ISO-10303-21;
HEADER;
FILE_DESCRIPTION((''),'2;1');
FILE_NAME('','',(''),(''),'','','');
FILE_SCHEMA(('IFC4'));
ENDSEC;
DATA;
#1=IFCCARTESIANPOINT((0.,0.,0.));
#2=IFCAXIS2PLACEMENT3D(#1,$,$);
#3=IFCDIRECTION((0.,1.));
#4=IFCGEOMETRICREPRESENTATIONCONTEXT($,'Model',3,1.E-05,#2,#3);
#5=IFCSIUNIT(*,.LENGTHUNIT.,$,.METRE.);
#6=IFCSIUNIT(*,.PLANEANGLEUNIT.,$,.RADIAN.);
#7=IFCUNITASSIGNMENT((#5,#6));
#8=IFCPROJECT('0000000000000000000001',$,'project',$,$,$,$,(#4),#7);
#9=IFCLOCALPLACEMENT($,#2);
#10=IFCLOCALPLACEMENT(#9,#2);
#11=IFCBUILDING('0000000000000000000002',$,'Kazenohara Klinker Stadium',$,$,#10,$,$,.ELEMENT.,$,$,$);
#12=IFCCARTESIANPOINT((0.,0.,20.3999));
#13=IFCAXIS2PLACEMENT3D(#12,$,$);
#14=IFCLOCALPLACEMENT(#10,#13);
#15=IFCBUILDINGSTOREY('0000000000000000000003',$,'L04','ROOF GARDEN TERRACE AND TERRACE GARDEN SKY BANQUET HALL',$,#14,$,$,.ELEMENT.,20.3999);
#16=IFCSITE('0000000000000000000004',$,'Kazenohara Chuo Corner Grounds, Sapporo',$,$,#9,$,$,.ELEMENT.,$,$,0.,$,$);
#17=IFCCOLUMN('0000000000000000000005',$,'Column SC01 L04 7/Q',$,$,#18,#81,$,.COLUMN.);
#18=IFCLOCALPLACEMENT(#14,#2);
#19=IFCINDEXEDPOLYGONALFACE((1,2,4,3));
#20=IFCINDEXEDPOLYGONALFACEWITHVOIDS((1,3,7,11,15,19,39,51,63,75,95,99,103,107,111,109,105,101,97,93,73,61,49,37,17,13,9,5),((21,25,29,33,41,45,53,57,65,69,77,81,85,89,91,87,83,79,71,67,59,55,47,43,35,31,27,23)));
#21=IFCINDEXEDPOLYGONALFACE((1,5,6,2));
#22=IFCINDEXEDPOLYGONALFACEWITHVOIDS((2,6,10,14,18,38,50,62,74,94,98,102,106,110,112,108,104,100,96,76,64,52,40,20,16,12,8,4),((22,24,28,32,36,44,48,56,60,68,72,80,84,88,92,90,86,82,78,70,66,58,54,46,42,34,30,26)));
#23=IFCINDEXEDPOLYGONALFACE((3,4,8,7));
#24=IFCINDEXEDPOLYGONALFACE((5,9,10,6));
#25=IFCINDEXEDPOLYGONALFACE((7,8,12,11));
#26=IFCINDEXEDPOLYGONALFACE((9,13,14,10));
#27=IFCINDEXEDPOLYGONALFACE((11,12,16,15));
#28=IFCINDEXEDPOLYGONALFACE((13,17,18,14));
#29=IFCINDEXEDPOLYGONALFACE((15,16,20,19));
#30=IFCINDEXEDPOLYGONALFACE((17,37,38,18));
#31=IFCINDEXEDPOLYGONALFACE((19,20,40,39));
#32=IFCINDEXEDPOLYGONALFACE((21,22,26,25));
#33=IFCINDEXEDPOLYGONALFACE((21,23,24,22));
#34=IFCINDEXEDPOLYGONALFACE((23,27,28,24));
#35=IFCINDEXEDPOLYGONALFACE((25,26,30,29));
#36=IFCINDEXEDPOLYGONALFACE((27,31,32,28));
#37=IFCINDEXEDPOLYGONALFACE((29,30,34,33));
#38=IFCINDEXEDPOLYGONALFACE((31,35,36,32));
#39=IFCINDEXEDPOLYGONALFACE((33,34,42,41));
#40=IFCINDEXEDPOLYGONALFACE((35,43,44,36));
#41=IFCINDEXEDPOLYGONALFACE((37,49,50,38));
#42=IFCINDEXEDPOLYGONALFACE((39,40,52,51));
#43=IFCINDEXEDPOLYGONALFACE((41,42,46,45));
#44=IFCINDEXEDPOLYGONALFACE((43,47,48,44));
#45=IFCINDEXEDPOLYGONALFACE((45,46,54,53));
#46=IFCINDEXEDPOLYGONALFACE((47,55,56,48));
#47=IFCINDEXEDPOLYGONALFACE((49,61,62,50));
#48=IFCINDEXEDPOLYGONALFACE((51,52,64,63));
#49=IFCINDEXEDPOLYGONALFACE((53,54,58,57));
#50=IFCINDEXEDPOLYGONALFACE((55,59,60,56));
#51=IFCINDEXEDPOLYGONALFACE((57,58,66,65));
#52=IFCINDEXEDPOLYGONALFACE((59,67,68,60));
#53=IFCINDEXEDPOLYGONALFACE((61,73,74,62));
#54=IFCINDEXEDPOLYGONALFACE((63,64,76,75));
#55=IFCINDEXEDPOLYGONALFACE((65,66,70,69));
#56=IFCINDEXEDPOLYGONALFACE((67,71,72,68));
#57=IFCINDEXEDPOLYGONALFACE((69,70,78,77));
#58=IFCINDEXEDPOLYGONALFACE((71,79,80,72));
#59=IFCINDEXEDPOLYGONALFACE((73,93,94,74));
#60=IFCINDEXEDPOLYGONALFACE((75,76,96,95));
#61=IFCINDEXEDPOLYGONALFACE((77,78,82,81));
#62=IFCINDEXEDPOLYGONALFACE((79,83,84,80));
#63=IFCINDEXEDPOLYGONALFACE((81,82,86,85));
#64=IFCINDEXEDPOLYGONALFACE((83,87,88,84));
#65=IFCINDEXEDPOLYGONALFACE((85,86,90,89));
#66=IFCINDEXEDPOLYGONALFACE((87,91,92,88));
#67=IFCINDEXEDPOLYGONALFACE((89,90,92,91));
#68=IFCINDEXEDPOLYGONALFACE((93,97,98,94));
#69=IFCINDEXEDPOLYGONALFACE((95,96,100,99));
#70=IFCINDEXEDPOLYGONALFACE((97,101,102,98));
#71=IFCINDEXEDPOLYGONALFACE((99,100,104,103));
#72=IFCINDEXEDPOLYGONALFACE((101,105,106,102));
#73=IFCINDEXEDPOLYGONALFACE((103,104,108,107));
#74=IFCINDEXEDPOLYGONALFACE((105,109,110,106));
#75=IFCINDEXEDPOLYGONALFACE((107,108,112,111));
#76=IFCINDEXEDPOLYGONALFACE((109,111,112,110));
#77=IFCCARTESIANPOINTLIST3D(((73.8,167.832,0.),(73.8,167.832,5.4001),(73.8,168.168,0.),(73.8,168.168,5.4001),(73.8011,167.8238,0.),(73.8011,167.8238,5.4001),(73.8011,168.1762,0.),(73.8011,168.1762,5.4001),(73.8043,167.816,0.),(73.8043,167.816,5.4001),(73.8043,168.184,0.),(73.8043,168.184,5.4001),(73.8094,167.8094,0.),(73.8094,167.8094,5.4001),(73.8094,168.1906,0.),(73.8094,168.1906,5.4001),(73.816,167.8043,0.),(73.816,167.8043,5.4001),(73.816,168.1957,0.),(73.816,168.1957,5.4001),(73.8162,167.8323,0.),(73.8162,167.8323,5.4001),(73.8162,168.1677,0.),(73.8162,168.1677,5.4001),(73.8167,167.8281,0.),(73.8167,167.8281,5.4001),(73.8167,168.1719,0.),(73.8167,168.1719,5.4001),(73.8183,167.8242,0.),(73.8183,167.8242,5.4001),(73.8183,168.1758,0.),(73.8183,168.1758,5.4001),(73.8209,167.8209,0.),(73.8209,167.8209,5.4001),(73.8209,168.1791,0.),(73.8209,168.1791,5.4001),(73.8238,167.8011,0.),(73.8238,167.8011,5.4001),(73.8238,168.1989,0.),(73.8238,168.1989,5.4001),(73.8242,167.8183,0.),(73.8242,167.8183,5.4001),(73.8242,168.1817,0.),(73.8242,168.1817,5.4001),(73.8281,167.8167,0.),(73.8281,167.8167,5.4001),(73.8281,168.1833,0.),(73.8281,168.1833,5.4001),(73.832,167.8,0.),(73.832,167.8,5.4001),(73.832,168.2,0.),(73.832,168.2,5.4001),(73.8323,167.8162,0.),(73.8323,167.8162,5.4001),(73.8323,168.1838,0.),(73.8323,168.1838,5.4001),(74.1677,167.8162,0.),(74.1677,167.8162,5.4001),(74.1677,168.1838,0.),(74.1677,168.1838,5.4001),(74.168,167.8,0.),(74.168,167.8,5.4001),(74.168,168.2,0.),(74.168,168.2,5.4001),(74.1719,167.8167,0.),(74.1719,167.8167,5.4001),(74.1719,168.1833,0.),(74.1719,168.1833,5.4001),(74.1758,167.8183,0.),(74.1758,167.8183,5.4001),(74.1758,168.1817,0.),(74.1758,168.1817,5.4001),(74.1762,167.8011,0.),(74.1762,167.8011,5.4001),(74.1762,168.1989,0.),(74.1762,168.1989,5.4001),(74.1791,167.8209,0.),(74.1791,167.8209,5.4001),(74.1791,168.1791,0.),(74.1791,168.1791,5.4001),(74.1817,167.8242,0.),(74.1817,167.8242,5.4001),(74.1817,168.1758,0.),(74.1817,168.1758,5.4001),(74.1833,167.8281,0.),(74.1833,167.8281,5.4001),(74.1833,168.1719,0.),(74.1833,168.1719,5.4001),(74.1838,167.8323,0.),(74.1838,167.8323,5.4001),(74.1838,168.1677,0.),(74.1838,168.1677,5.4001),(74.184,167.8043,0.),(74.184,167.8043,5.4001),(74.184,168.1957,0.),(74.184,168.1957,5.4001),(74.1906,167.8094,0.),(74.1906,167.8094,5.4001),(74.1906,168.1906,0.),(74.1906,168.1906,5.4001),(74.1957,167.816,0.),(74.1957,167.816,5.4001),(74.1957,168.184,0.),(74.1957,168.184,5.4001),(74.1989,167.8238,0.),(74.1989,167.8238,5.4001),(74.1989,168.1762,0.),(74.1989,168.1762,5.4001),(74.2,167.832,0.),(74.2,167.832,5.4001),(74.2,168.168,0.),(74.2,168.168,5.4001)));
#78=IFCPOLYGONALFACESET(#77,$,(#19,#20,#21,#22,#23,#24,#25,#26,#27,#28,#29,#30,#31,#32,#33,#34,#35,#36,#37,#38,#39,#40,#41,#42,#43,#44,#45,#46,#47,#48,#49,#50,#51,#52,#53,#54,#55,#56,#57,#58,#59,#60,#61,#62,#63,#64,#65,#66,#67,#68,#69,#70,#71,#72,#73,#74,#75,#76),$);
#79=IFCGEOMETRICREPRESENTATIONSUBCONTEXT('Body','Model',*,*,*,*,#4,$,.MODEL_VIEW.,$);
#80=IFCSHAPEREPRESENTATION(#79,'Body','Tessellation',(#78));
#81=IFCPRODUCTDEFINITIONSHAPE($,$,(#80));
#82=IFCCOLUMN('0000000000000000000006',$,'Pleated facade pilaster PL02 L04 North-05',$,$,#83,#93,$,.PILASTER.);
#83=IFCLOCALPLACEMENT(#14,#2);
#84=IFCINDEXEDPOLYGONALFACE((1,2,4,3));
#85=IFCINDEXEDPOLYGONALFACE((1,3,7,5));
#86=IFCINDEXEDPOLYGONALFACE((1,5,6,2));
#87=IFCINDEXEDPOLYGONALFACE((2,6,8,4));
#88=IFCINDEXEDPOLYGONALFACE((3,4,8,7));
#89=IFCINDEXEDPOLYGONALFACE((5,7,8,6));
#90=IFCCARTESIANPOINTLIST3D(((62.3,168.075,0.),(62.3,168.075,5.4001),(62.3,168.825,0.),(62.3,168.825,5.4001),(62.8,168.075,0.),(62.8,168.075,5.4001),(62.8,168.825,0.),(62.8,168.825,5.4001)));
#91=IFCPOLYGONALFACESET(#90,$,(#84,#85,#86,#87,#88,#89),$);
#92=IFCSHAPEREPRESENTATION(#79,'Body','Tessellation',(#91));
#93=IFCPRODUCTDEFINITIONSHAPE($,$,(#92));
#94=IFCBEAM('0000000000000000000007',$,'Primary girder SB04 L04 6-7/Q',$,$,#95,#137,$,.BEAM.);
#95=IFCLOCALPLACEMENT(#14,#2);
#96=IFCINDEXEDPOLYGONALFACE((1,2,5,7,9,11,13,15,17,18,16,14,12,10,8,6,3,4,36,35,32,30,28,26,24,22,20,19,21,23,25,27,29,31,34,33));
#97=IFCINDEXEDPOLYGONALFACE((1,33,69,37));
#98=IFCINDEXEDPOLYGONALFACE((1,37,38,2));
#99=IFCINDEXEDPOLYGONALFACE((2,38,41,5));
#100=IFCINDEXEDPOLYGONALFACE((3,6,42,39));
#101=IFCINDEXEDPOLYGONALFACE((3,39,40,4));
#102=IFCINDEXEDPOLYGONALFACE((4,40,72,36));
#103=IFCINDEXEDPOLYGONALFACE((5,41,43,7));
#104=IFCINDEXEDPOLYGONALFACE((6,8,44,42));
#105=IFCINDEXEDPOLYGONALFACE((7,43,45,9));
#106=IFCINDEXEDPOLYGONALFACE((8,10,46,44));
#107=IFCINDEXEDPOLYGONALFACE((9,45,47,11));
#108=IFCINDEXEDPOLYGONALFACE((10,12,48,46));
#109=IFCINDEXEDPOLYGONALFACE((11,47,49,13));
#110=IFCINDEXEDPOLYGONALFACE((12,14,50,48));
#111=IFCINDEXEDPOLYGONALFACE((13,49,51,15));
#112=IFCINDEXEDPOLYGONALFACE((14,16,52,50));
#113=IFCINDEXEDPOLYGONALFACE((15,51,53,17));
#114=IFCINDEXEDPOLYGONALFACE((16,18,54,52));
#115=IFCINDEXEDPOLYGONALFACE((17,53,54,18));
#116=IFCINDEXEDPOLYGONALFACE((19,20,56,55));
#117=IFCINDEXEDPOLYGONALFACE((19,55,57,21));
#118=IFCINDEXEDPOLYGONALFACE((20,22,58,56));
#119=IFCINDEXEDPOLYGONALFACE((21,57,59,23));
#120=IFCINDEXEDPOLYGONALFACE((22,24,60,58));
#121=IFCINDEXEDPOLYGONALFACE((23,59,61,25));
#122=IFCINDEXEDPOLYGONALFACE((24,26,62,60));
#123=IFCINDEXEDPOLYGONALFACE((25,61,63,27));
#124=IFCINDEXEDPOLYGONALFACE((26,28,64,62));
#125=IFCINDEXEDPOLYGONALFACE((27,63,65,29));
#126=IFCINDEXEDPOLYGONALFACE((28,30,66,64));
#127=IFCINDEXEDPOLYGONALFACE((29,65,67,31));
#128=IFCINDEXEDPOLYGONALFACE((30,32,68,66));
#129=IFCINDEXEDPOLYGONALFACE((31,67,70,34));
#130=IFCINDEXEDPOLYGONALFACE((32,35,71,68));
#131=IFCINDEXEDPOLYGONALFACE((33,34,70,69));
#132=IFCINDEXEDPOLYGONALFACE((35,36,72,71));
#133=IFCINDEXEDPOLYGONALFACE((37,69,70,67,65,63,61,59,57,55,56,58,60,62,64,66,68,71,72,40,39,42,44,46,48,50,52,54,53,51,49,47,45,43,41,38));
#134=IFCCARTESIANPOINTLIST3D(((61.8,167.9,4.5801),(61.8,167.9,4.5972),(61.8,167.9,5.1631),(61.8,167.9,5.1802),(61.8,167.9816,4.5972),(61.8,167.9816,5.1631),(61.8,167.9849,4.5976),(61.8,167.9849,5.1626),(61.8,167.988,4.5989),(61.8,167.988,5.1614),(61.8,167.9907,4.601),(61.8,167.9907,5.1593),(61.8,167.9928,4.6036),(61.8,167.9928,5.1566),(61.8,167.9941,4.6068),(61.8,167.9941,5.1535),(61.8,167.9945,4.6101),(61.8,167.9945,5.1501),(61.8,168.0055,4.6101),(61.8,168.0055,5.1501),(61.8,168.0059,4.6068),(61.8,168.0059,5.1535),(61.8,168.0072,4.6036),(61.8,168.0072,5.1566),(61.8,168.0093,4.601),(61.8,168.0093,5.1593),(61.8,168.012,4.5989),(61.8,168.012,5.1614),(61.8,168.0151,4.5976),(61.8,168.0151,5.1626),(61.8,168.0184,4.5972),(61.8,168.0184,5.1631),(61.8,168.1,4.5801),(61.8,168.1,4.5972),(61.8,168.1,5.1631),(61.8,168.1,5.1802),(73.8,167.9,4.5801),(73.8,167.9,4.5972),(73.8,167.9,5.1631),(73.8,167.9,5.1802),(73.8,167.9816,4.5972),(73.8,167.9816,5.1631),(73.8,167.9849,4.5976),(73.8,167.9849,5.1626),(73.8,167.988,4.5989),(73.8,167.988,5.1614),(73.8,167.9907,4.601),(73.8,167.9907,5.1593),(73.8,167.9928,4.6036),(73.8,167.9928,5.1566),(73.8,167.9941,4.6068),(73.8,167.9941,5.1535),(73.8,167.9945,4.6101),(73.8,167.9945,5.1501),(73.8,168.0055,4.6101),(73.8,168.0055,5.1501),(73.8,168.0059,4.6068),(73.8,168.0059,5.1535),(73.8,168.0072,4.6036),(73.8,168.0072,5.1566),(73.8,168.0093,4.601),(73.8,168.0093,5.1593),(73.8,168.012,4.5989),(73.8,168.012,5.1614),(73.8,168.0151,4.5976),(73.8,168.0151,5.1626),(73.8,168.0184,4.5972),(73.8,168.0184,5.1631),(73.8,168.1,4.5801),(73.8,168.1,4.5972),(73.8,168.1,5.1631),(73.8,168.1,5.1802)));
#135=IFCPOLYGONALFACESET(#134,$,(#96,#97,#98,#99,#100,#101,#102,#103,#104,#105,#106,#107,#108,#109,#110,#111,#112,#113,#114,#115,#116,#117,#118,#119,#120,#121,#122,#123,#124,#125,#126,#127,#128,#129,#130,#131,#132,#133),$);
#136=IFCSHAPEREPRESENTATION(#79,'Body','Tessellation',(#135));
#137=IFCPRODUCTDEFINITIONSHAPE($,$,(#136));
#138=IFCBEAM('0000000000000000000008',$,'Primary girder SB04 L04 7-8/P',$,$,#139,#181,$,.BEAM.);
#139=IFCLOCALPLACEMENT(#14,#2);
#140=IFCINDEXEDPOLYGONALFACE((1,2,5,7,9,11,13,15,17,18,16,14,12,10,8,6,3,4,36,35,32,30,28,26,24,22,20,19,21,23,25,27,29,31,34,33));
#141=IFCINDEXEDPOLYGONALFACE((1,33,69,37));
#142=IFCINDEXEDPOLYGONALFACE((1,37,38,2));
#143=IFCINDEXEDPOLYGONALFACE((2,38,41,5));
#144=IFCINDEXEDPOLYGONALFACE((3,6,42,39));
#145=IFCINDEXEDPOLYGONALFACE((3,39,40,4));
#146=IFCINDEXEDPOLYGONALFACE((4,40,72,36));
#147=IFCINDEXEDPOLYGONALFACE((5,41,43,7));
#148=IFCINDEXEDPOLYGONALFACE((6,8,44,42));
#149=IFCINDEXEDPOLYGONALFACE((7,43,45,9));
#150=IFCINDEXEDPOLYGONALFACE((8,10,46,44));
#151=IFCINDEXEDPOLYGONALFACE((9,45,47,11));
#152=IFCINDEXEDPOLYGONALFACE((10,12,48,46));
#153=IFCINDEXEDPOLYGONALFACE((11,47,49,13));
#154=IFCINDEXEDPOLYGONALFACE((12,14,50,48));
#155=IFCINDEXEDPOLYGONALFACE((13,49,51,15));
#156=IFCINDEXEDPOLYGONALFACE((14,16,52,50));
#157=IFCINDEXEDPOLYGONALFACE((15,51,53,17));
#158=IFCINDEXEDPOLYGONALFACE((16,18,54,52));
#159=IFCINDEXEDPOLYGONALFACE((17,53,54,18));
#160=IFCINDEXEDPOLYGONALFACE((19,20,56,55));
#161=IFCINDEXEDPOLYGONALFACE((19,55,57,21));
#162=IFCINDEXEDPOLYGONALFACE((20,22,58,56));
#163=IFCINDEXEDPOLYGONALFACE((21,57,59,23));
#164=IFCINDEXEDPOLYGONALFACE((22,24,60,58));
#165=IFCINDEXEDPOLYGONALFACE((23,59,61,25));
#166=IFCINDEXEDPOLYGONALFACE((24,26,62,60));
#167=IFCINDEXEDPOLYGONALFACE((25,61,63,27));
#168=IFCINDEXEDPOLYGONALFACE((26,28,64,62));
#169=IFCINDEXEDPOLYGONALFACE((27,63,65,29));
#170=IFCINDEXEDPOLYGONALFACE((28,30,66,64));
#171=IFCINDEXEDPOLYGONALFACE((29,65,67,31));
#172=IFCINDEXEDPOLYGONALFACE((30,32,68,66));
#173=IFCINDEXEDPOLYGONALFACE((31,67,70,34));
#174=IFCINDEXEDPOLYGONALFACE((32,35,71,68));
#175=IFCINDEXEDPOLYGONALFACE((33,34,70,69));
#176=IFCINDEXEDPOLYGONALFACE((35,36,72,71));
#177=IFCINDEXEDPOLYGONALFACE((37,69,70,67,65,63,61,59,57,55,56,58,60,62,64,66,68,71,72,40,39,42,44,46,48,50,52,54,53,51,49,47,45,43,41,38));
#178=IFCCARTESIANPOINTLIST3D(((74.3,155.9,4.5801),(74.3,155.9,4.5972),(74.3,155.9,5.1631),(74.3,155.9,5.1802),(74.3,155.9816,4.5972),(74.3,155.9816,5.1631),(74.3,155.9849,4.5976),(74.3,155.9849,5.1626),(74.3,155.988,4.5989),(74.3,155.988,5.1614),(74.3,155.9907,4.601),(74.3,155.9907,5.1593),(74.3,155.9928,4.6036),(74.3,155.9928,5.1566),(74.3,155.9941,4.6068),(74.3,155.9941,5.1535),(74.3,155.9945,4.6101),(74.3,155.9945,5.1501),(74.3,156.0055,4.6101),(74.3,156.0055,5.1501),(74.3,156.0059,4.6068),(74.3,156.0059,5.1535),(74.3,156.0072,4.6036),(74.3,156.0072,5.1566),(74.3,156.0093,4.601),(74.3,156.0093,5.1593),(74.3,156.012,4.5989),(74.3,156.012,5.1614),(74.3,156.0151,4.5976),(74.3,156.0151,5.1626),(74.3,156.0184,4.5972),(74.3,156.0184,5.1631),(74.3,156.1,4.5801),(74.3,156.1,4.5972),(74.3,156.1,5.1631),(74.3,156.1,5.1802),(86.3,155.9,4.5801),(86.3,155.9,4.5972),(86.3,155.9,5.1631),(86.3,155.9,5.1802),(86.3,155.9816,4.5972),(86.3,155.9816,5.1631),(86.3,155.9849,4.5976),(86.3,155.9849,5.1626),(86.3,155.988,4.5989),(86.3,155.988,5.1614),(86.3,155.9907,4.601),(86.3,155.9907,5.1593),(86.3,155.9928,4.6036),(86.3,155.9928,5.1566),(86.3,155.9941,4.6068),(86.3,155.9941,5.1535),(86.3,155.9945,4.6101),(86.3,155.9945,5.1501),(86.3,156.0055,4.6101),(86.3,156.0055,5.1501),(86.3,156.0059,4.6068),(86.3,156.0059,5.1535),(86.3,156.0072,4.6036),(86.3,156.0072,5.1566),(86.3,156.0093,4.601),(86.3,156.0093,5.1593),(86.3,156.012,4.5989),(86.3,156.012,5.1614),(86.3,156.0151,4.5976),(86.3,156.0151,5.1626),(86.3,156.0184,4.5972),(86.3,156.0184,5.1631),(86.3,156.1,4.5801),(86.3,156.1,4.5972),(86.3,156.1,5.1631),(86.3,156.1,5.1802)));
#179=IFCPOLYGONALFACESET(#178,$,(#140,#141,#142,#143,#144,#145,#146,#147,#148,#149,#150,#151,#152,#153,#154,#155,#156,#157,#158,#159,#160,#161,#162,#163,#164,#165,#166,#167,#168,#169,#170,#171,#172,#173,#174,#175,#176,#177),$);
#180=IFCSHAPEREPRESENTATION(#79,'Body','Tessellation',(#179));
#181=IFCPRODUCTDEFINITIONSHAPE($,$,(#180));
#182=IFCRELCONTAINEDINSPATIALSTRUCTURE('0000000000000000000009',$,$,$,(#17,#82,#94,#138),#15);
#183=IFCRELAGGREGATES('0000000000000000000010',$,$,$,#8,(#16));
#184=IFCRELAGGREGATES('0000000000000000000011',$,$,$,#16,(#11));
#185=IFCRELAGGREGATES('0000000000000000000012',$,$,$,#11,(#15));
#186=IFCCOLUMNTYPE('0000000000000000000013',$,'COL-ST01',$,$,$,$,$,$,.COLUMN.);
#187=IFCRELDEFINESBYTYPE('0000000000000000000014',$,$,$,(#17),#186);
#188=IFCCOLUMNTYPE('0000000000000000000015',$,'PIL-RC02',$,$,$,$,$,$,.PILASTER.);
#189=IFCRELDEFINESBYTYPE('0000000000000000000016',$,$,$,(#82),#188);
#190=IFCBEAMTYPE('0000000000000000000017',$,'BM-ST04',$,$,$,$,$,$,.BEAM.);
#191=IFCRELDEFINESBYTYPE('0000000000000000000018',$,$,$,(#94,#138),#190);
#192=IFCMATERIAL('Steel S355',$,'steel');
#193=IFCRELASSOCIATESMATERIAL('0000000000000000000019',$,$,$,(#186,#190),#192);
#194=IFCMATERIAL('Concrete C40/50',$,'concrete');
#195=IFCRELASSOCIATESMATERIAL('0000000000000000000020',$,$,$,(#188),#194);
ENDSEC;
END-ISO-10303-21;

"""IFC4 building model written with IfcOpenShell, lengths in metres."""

from ifc_helpers import new_model, si_unit, direction, frame, origin, origin_2d, place, context, subcontext, project, spatial, rectangle, hollow_rectangle, i_section, extrude, material, material_profile, profile_set, type_object, element, save


model = new_model("IFC4")

# Units and contexts
model_context = context("Model", 3, precision=1e-05, world=origin(), true_north=direction((0.0, 1.0)))
body_context = subcontext(model_context, "Body", "Model", "MODEL_VIEW")
ifc_project = project(units=[si_unit("LENGTHUNIT", "METRE"), si_unit("PLANEANGLEUNIT", "RADIAN")], contexts=[model_context])

# Site, building, storey
site_placement = place(None, origin())
site = spatial("IfcSite", under=ifc_project, at=site_placement, Name="Kazenohara Chuo Corner Grounds, Sapporo", CompositionType="ELEMENT", RefElevation=0.0)
building_placement = place(site_placement, origin())
building = spatial("IfcBuilding", under=site, at=building_placement, Name="Kazenohara Klinker Stadium", CompositionType="ELEMENT")
storey_placement = place(building_placement, frame((0.0, 0.0, 20.3999)))
storey = spatial("IfcBuildingStorey", under=building, at=storey_placement, Name="L04", Description="ROOF GARDEN TERRACE AND TERRACE GARDEN SKY BANQUET HALL", CompositionType="ELEMENT", Elevation=20.3999)

# Columns
ifc_material_1 = material(Name="Steel S355", Category="steel")
ifc_material_profile_1 = material_profile(ifc_material_1, hollow_rectangle(XDim=0.3999, YDim=0.3999, WallThickness=0.0161, InnerFilletRadius=0.0161, OuterFilletRadius=0.032, at=origin_2d()), Name="SHS-400x400x16")
ifc_profile_set_1 = profile_set([ifc_material_profile_1], Name="Steel S355")
column_type_1 = type_object("IfcColumnType", Name="COL-ST01", PredefinedType="COLUMN", material=ifc_profile_set_1)
column_1_placement = place(storey_placement, frame((74.0, 168.0, 0.0), z_axis=(0.0, 0.0, 1.0), x_axis=(1.0, 0.0, 0.0)))
element("IfcColumn", 1, at=column_1_placement, inside=storey, type_object=column_type_1, Name="Column SC01 L04 7/Q", PredefinedType="COLUMN", context=body_context, shape_type="SweptSolid", body=[
    extrude(hollow_rectangle(XDim=0.3999, YDim=0.3999, WallThickness=0.0161, InnerFilletRadius=0.0161, OuterFilletRadius=0.032, at=origin_2d()), origin(), (0.0, 0.0, 1.0), 5.4001),
])
ifc_material_2 = material(Name="Concrete C40/50", Category="concrete")
ifc_material_profile_2 = material_profile(ifc_material_2, rectangle(XDim=0.5, YDim=0.75, at=origin_2d()), Name="RC-PILASTER-500x750")
ifc_profile_set_2 = profile_set([ifc_material_profile_2], Name="Concrete C40/50")
column_type_2 = type_object("IfcColumnType", Name="PIL-RC02", PredefinedType="PILASTER", material=ifc_profile_set_2)
column_2_placement = place(storey_placement, frame((62.55, 168.45, 0.0), z_axis=(0.0, 0.0, 1.0), x_axis=(1.0, 0.0, 0.0)))
element("IfcColumn", 2, at=column_2_placement, inside=storey, type_object=column_type_2, Name="Pleated facade pilaster PL02 L04 North-05", PredefinedType="PILASTER", context=body_context, shape_type="SweptSolid", body=[
    extrude(rectangle(XDim=0.5, YDim=0.75, at=origin_2d()), origin(), (0.0, 0.0, 1.0), 5.4001),
])

# Beams
ifc_material_profile_3 = material_profile(ifc_material_1, i_section(OverallWidth=0.2, OverallDepth=0.6001, WebThickness=0.011, FlangeThickness=0.0171, FilletRadius=0.0129, at=origin_2d()), Name="H-600x200x11x17")
ifc_profile_set_3 = profile_set([ifc_material_profile_3], Name="Steel S355")
beam_type_1 = type_object("IfcBeamType", Name="BM-ST04", PredefinedType="BEAM", material=ifc_profile_set_3)
for number, where, z_axis, x_axis, name in (
    (3, (61.8, 168.0, 4.8801), (1.0, 0.0, 0.0), (0.0, 1.0, 0.0), "Primary girder SB04 L04 6-7/Q"),
    (4, (74.3, 156.0, 4.8801), (1.0, 0.0, 0.0), (0.0, 1.0, 0.0), "Primary girder SB04 L04 7-8/P"),
):
    element("IfcBeam", number, at=place(storey_placement, frame(where, z_axis=z_axis, x_axis=x_axis)), inside=storey, type_object=beam_type_1, Name=name, PredefinedType="BEAM", context=body_context, shape_type="SweptSolid", body=[
        extrude(i_section(OverallWidth=0.2, OverallDepth=0.6001, WebThickness=0.011, FlangeThickness=0.0171, FilletRadius=0.0129, at=origin_2d()), origin(), (0.0, 0.0, 1.0), 12.0),
    ])

save(model, "model.ifc")
